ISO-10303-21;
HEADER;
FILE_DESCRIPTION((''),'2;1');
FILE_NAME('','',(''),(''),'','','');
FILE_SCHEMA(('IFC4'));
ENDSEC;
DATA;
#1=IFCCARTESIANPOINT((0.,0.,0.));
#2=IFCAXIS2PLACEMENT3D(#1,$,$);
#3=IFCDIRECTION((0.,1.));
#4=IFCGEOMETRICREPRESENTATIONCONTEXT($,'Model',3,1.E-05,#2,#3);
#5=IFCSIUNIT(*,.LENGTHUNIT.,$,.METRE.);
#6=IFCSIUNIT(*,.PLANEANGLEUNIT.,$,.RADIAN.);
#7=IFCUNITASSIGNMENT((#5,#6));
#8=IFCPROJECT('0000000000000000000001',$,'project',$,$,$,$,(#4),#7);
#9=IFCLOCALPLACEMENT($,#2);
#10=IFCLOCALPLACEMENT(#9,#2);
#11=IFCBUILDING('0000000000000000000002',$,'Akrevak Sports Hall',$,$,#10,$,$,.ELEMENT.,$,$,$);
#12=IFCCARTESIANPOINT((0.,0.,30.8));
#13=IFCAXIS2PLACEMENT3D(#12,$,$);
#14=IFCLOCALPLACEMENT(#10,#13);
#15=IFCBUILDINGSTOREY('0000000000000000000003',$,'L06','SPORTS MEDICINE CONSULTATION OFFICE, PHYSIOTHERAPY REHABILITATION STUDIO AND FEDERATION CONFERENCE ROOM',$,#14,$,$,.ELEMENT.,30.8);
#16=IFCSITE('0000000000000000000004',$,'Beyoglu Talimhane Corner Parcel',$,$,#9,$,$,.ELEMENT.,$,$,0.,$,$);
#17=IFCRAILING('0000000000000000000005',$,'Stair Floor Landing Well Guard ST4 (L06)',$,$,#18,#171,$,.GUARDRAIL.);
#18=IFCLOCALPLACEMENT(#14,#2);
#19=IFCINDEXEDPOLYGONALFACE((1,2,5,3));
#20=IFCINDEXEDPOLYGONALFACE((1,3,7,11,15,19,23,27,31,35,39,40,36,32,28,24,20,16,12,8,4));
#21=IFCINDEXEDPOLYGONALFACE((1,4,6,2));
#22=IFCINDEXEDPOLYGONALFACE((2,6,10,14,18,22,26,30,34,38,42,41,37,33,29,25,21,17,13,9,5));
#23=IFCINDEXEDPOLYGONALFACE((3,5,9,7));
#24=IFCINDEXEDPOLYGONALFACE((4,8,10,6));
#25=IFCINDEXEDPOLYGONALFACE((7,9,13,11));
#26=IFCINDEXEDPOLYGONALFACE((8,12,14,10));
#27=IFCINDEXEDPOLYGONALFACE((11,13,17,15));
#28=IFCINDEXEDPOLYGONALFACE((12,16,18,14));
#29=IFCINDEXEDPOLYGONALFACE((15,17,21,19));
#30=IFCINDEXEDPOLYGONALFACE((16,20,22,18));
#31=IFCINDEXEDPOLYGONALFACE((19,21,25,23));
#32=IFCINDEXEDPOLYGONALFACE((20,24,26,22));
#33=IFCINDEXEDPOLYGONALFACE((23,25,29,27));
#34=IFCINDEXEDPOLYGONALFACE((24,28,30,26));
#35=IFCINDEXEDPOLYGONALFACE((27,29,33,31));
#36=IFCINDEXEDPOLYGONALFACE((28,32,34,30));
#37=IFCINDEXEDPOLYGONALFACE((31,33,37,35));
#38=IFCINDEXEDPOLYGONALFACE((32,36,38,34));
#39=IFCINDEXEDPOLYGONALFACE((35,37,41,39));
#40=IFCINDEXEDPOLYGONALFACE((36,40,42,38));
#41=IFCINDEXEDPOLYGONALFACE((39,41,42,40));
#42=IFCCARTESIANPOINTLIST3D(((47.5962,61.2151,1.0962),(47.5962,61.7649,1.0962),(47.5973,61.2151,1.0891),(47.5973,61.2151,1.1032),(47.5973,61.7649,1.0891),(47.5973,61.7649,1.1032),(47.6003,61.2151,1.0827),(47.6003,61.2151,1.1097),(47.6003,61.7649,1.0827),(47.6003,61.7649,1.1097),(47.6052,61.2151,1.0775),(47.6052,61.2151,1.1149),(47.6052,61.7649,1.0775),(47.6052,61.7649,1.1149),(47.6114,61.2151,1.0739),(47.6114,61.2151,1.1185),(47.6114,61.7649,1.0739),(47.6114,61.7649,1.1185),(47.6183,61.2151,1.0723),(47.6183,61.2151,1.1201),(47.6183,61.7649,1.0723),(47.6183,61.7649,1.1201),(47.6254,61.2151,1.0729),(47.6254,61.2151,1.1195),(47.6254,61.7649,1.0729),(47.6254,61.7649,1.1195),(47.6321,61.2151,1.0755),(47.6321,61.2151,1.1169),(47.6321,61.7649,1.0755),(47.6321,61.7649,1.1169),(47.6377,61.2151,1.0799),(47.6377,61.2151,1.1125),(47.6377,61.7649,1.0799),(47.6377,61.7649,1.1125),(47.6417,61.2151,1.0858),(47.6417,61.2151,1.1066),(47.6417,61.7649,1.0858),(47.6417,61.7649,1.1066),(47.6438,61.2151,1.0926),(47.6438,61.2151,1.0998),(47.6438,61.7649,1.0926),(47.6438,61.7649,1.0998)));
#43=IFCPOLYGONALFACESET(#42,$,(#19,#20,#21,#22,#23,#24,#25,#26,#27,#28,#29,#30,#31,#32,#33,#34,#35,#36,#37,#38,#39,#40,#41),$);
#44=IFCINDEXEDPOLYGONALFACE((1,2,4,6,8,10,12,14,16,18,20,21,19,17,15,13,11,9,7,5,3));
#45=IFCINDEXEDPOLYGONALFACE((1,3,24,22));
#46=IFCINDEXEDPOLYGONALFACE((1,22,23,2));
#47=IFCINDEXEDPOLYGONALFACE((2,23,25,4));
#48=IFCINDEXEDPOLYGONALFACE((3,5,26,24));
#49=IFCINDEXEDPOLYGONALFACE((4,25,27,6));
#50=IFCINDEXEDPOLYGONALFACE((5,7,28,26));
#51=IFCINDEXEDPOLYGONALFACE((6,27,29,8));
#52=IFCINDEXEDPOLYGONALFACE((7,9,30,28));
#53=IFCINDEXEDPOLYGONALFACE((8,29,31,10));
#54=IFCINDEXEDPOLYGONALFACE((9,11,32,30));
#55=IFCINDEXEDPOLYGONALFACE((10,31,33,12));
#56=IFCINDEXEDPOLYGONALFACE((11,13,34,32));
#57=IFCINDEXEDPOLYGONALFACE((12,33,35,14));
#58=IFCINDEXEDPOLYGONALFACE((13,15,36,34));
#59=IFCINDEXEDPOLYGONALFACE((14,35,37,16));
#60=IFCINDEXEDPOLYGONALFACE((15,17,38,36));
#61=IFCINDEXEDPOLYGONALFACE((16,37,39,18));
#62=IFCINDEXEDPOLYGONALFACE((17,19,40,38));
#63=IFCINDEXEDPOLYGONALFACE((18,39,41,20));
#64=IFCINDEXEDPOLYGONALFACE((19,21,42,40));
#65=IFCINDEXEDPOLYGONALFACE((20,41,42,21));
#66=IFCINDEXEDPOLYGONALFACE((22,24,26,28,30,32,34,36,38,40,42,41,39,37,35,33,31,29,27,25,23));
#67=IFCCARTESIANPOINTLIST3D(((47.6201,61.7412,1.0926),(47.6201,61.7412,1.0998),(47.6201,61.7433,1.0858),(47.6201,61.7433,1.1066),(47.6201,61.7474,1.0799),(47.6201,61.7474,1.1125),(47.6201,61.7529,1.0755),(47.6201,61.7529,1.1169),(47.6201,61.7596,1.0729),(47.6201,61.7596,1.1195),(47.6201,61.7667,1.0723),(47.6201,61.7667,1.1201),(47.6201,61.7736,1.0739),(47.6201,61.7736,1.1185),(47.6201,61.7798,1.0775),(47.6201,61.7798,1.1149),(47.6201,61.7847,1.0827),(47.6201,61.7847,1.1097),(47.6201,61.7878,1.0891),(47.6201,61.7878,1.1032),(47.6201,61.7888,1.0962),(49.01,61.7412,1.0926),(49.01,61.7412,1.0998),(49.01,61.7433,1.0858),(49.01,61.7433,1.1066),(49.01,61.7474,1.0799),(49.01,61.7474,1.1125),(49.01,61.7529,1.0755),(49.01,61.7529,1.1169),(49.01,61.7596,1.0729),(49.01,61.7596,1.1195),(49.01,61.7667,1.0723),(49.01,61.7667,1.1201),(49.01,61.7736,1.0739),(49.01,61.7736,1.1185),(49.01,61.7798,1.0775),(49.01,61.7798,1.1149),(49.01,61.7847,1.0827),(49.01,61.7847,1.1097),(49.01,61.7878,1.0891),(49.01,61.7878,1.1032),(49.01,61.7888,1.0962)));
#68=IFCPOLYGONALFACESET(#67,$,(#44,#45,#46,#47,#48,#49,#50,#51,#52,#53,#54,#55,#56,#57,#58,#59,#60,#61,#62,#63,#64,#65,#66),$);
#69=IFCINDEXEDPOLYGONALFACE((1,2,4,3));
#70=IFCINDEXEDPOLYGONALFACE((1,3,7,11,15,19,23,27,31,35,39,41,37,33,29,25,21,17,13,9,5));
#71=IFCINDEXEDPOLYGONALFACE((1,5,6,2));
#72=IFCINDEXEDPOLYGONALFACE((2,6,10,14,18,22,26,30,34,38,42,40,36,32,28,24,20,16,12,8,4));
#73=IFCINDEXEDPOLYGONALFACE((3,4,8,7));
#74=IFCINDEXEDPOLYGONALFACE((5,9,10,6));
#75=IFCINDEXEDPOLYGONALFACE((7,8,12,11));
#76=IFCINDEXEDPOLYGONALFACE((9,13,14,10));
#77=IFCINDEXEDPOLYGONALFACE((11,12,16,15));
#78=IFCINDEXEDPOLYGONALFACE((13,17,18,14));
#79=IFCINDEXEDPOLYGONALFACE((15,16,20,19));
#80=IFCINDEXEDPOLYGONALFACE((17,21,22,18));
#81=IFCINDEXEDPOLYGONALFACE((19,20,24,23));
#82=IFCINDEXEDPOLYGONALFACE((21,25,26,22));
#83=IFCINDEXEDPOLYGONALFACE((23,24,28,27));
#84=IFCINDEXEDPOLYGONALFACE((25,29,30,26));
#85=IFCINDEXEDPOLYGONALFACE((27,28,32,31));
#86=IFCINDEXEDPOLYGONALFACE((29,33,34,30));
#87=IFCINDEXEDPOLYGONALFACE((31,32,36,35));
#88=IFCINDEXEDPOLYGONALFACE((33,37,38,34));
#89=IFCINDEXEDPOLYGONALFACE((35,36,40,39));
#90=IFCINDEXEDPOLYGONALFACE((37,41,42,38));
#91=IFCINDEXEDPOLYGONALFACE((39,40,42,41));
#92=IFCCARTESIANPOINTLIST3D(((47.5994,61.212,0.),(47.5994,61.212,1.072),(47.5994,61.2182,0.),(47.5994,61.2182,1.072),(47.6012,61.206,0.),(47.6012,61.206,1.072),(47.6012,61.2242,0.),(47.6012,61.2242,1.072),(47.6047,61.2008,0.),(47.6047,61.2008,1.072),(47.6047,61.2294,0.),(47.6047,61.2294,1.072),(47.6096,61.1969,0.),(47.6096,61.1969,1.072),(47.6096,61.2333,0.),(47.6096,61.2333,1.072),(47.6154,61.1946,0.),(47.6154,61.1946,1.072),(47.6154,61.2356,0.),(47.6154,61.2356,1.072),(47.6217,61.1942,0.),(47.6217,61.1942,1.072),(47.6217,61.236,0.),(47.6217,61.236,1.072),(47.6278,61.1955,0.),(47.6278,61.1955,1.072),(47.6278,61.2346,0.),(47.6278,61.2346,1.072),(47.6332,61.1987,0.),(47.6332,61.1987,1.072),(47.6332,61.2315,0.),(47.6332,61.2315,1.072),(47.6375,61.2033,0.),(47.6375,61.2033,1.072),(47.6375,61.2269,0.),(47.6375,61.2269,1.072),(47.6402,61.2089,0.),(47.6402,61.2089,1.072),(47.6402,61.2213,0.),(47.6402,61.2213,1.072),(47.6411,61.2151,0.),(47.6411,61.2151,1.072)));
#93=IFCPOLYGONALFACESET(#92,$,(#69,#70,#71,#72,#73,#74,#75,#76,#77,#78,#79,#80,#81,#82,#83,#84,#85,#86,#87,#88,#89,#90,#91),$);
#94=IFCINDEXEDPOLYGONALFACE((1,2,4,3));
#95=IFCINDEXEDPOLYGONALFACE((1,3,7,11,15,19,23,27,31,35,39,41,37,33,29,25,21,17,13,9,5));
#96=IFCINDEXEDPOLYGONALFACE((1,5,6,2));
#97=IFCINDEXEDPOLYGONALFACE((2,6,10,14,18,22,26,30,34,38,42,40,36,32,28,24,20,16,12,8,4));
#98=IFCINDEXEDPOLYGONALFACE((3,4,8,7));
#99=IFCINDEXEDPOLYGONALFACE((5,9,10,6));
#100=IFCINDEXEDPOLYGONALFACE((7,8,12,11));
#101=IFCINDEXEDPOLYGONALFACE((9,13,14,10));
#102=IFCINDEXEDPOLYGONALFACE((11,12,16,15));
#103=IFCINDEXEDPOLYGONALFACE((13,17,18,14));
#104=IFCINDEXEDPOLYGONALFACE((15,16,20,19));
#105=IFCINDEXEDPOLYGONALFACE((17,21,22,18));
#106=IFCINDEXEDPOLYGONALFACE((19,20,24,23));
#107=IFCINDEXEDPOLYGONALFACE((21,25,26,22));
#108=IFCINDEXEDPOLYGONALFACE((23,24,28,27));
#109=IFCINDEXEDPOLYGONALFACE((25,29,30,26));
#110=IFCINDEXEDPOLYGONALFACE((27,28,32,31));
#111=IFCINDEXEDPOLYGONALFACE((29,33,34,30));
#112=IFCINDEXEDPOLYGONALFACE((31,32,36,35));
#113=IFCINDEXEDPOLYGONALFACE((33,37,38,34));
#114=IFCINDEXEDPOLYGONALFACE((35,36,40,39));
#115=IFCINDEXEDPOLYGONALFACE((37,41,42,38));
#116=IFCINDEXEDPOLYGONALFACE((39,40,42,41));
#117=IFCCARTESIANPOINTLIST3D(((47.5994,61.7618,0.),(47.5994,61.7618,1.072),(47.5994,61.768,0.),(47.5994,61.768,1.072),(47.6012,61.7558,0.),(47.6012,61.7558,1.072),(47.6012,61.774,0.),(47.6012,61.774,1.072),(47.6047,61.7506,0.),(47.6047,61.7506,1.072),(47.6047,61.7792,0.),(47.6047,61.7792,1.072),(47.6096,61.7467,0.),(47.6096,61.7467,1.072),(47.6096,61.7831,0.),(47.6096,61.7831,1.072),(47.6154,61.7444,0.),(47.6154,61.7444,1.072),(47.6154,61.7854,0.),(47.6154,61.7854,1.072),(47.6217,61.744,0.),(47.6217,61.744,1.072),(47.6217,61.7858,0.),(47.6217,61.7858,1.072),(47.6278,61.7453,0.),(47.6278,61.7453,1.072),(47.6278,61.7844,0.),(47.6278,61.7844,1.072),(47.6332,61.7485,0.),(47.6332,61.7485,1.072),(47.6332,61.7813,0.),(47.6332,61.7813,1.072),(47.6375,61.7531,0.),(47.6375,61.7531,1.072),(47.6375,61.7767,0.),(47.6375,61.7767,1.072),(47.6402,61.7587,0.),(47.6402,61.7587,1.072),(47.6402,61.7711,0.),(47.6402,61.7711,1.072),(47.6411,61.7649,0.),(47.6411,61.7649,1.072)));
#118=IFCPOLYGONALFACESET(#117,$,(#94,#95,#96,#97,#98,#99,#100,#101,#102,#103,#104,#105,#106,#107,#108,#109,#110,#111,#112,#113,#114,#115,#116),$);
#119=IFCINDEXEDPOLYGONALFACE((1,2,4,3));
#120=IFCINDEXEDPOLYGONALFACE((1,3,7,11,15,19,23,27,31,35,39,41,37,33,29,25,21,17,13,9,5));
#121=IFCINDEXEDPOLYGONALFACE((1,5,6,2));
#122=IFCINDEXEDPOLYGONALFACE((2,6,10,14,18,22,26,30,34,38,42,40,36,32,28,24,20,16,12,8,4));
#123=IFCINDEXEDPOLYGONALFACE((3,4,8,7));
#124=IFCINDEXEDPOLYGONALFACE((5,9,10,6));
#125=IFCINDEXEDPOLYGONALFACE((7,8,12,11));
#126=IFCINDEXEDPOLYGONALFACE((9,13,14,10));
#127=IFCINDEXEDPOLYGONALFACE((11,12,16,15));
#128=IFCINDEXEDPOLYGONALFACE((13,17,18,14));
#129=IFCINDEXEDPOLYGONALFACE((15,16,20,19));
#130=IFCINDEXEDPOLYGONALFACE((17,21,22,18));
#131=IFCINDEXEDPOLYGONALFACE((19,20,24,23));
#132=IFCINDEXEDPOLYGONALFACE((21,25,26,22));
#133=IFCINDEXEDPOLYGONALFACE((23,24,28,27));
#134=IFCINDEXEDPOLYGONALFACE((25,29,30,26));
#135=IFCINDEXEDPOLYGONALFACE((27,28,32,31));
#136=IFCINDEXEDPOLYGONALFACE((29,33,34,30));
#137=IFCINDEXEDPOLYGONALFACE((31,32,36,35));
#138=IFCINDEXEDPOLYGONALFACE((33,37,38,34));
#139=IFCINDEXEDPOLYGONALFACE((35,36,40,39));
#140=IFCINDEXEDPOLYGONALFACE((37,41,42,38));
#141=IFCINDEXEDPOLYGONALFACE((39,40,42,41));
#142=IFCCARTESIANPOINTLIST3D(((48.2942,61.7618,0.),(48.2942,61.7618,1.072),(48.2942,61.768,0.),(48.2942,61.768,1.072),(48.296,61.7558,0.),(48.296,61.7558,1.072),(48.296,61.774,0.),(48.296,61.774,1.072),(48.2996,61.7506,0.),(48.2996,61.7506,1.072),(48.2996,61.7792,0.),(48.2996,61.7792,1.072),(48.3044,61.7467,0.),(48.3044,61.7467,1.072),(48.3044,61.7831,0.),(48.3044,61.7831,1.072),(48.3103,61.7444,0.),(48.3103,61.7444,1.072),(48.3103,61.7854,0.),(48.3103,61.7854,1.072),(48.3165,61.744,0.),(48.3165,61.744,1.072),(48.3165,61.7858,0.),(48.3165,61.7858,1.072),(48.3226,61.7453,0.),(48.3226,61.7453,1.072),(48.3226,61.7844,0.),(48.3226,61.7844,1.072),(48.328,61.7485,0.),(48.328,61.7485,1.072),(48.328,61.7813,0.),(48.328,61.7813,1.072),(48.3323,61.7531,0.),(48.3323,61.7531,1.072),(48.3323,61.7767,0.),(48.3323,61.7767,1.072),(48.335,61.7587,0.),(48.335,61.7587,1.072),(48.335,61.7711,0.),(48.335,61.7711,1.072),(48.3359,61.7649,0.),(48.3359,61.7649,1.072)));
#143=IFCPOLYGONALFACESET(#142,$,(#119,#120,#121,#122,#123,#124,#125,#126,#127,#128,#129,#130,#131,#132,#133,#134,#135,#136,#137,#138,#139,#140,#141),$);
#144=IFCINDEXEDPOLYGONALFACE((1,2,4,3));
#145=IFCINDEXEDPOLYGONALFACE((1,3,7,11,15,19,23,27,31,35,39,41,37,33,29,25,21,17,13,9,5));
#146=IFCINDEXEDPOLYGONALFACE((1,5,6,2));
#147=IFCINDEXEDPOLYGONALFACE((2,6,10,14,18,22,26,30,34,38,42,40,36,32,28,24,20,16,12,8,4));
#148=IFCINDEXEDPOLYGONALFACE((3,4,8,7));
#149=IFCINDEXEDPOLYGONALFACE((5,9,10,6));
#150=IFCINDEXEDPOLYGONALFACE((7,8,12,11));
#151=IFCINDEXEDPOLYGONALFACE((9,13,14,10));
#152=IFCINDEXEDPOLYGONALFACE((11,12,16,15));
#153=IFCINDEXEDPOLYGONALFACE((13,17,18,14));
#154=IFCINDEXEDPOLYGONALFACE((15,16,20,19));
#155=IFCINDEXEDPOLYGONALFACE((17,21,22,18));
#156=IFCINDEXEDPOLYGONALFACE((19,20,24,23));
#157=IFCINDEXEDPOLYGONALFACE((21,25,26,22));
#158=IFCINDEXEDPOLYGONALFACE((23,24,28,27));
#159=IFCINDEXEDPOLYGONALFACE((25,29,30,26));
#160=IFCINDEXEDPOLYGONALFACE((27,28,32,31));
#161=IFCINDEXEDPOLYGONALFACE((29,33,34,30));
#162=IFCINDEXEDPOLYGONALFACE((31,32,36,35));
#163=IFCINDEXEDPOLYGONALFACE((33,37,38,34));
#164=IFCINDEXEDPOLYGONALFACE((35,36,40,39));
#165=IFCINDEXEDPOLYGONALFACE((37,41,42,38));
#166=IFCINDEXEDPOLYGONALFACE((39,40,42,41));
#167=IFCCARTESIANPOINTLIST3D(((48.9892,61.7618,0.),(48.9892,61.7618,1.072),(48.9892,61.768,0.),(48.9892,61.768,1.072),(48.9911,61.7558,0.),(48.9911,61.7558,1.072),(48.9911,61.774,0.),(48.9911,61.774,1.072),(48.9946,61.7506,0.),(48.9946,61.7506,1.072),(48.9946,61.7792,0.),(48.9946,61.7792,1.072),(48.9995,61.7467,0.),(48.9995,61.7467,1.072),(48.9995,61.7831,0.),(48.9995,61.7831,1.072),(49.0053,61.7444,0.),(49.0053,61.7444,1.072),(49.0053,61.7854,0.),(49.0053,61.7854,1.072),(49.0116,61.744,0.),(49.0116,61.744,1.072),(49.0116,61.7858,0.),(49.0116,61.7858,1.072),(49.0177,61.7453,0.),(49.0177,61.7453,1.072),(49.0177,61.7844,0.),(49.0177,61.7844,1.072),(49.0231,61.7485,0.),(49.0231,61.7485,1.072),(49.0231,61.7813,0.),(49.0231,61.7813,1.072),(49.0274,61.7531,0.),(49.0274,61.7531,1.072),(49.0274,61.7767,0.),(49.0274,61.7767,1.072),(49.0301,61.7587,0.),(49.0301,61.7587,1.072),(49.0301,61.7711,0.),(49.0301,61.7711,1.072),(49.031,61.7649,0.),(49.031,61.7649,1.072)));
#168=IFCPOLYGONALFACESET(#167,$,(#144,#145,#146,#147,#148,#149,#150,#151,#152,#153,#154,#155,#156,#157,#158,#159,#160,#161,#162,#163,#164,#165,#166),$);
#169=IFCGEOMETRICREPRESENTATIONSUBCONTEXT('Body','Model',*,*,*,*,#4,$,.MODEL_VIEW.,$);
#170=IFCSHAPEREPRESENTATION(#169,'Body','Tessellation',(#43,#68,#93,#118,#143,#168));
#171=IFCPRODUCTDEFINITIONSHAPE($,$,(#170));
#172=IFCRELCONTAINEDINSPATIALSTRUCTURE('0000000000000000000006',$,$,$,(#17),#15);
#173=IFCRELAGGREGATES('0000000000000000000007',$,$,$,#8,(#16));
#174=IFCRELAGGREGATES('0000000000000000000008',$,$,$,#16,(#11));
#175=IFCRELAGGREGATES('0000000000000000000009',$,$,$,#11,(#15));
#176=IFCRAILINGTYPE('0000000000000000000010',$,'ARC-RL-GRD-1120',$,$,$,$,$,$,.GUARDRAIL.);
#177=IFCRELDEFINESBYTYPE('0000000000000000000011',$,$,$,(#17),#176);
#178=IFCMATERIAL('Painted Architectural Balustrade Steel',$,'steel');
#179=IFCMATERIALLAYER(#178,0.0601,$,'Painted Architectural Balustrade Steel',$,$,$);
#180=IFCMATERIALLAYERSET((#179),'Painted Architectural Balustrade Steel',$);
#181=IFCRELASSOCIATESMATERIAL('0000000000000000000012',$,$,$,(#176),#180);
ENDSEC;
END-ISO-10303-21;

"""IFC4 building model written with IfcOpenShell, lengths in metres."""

from ifc_helpers import new_model, si_unit, direction, frame, origin, origin_2d, place, context, subcontext, project, spatial, circle, extrude, material, layer, layer_set, type_object, element, save


model = new_model("IFC4")

# Units and contexts
model_context = context("Model", 3, precision=1e-05, world=origin(), true_north=direction((0.0, 1.0)))
body_context = subcontext(model_context, "Body", "Model", "MODEL_VIEW")
ifc_project = project(units=[si_unit("LENGTHUNIT", "METRE"), si_unit("PLANEANGLEUNIT", "RADIAN")], contexts=[model_context])

# Site, building, storey
site_placement = place(None, origin())
site = spatial("IfcSite", under=ifc_project, at=site_placement, Name="Beyoglu Talimhane Corner Parcel", CompositionType="ELEMENT", RefElevation=0.0)
building_placement = place(site_placement, origin())
building = spatial("IfcBuilding", under=site, at=building_placement, Name="Akrevak Sports Hall", CompositionType="ELEMENT")
storey_placement = place(building_placement, frame((0.0, 0.0, 30.8)))
storey = spatial("IfcBuildingStorey", under=building, at=storey_placement, Name="L06", Description="SPORTS MEDICINE CONSULTATION OFFICE, PHYSIOTHERAPY REHABILITATION STUDIO AND FEDERATION CONFERENCE ROOM", CompositionType="ELEMENT", Elevation=30.8)

# Railing
ifc_material_1 = material(Name="Painted Architectural Balustrade Steel", Category="steel")
ifc_layer_1 = layer(ifc_material_1, 0.0601, Name="Painted Architectural Balustrade Steel")
ifc_layer_set_1 = layer_set([ifc_layer_1], Name="Painted Architectural Balustrade Steel")
railing_type_1 = type_object("IfcRailingType", Name="ARC-RL-GRD-1120", PredefinedType="GUARDRAIL", material=ifc_layer_set_1)
railing_1_placement = place(storey_placement, frame((47.6201, 61.2151, 0.0)))
element("IfcRailing", 1, at=railing_1_placement, inside=storey, type_object=railing_type_1, Name="Stair Floor Landing Well Guard ST4 (L06)", PredefinedType="GUARDRAIL", context=body_context, shape_type="SweptSolid", body=[
    extrude(circle(Radius=0.0239, at=origin_2d()), frame((0.0, 0.0, 1.0962), z_axis=(0.0, 1.0, 0.0), x_axis=(-1.0, 0.0, 0.0)), (0.0, 0.0, 1.0), 0.5498),
    extrude(circle(Radius=0.0239, at=origin_2d()), frame((0.0, 0.5498, 1.0962), z_axis=(1.0, 0.0, 0.0), x_axis=(0.0, 1.0, 0.0)), (0.0, 0.0, 1.0), 1.3899),
    extrude(circle(Radius=0.021, at=origin_2d()), origin(), (0.0, 0.0, 1.0), 1.072),
    extrude(circle(Radius=0.021, at=origin_2d()), frame((0.0, 0.5498, 0.0)), (0.0, 0.0, 1.0), 1.072),
    extrude(circle(Radius=0.021, at=origin_2d()), frame((0.6948, 0.5498, 0.0)), (0.0, 0.0, 1.0), 1.072),
    extrude(circle(Radius=0.021, at=origin_2d()), frame((1.3899, 0.5498, 0.0)), (0.0, 0.0, 1.0), 1.072),
])

save(model, "model.ifc")
